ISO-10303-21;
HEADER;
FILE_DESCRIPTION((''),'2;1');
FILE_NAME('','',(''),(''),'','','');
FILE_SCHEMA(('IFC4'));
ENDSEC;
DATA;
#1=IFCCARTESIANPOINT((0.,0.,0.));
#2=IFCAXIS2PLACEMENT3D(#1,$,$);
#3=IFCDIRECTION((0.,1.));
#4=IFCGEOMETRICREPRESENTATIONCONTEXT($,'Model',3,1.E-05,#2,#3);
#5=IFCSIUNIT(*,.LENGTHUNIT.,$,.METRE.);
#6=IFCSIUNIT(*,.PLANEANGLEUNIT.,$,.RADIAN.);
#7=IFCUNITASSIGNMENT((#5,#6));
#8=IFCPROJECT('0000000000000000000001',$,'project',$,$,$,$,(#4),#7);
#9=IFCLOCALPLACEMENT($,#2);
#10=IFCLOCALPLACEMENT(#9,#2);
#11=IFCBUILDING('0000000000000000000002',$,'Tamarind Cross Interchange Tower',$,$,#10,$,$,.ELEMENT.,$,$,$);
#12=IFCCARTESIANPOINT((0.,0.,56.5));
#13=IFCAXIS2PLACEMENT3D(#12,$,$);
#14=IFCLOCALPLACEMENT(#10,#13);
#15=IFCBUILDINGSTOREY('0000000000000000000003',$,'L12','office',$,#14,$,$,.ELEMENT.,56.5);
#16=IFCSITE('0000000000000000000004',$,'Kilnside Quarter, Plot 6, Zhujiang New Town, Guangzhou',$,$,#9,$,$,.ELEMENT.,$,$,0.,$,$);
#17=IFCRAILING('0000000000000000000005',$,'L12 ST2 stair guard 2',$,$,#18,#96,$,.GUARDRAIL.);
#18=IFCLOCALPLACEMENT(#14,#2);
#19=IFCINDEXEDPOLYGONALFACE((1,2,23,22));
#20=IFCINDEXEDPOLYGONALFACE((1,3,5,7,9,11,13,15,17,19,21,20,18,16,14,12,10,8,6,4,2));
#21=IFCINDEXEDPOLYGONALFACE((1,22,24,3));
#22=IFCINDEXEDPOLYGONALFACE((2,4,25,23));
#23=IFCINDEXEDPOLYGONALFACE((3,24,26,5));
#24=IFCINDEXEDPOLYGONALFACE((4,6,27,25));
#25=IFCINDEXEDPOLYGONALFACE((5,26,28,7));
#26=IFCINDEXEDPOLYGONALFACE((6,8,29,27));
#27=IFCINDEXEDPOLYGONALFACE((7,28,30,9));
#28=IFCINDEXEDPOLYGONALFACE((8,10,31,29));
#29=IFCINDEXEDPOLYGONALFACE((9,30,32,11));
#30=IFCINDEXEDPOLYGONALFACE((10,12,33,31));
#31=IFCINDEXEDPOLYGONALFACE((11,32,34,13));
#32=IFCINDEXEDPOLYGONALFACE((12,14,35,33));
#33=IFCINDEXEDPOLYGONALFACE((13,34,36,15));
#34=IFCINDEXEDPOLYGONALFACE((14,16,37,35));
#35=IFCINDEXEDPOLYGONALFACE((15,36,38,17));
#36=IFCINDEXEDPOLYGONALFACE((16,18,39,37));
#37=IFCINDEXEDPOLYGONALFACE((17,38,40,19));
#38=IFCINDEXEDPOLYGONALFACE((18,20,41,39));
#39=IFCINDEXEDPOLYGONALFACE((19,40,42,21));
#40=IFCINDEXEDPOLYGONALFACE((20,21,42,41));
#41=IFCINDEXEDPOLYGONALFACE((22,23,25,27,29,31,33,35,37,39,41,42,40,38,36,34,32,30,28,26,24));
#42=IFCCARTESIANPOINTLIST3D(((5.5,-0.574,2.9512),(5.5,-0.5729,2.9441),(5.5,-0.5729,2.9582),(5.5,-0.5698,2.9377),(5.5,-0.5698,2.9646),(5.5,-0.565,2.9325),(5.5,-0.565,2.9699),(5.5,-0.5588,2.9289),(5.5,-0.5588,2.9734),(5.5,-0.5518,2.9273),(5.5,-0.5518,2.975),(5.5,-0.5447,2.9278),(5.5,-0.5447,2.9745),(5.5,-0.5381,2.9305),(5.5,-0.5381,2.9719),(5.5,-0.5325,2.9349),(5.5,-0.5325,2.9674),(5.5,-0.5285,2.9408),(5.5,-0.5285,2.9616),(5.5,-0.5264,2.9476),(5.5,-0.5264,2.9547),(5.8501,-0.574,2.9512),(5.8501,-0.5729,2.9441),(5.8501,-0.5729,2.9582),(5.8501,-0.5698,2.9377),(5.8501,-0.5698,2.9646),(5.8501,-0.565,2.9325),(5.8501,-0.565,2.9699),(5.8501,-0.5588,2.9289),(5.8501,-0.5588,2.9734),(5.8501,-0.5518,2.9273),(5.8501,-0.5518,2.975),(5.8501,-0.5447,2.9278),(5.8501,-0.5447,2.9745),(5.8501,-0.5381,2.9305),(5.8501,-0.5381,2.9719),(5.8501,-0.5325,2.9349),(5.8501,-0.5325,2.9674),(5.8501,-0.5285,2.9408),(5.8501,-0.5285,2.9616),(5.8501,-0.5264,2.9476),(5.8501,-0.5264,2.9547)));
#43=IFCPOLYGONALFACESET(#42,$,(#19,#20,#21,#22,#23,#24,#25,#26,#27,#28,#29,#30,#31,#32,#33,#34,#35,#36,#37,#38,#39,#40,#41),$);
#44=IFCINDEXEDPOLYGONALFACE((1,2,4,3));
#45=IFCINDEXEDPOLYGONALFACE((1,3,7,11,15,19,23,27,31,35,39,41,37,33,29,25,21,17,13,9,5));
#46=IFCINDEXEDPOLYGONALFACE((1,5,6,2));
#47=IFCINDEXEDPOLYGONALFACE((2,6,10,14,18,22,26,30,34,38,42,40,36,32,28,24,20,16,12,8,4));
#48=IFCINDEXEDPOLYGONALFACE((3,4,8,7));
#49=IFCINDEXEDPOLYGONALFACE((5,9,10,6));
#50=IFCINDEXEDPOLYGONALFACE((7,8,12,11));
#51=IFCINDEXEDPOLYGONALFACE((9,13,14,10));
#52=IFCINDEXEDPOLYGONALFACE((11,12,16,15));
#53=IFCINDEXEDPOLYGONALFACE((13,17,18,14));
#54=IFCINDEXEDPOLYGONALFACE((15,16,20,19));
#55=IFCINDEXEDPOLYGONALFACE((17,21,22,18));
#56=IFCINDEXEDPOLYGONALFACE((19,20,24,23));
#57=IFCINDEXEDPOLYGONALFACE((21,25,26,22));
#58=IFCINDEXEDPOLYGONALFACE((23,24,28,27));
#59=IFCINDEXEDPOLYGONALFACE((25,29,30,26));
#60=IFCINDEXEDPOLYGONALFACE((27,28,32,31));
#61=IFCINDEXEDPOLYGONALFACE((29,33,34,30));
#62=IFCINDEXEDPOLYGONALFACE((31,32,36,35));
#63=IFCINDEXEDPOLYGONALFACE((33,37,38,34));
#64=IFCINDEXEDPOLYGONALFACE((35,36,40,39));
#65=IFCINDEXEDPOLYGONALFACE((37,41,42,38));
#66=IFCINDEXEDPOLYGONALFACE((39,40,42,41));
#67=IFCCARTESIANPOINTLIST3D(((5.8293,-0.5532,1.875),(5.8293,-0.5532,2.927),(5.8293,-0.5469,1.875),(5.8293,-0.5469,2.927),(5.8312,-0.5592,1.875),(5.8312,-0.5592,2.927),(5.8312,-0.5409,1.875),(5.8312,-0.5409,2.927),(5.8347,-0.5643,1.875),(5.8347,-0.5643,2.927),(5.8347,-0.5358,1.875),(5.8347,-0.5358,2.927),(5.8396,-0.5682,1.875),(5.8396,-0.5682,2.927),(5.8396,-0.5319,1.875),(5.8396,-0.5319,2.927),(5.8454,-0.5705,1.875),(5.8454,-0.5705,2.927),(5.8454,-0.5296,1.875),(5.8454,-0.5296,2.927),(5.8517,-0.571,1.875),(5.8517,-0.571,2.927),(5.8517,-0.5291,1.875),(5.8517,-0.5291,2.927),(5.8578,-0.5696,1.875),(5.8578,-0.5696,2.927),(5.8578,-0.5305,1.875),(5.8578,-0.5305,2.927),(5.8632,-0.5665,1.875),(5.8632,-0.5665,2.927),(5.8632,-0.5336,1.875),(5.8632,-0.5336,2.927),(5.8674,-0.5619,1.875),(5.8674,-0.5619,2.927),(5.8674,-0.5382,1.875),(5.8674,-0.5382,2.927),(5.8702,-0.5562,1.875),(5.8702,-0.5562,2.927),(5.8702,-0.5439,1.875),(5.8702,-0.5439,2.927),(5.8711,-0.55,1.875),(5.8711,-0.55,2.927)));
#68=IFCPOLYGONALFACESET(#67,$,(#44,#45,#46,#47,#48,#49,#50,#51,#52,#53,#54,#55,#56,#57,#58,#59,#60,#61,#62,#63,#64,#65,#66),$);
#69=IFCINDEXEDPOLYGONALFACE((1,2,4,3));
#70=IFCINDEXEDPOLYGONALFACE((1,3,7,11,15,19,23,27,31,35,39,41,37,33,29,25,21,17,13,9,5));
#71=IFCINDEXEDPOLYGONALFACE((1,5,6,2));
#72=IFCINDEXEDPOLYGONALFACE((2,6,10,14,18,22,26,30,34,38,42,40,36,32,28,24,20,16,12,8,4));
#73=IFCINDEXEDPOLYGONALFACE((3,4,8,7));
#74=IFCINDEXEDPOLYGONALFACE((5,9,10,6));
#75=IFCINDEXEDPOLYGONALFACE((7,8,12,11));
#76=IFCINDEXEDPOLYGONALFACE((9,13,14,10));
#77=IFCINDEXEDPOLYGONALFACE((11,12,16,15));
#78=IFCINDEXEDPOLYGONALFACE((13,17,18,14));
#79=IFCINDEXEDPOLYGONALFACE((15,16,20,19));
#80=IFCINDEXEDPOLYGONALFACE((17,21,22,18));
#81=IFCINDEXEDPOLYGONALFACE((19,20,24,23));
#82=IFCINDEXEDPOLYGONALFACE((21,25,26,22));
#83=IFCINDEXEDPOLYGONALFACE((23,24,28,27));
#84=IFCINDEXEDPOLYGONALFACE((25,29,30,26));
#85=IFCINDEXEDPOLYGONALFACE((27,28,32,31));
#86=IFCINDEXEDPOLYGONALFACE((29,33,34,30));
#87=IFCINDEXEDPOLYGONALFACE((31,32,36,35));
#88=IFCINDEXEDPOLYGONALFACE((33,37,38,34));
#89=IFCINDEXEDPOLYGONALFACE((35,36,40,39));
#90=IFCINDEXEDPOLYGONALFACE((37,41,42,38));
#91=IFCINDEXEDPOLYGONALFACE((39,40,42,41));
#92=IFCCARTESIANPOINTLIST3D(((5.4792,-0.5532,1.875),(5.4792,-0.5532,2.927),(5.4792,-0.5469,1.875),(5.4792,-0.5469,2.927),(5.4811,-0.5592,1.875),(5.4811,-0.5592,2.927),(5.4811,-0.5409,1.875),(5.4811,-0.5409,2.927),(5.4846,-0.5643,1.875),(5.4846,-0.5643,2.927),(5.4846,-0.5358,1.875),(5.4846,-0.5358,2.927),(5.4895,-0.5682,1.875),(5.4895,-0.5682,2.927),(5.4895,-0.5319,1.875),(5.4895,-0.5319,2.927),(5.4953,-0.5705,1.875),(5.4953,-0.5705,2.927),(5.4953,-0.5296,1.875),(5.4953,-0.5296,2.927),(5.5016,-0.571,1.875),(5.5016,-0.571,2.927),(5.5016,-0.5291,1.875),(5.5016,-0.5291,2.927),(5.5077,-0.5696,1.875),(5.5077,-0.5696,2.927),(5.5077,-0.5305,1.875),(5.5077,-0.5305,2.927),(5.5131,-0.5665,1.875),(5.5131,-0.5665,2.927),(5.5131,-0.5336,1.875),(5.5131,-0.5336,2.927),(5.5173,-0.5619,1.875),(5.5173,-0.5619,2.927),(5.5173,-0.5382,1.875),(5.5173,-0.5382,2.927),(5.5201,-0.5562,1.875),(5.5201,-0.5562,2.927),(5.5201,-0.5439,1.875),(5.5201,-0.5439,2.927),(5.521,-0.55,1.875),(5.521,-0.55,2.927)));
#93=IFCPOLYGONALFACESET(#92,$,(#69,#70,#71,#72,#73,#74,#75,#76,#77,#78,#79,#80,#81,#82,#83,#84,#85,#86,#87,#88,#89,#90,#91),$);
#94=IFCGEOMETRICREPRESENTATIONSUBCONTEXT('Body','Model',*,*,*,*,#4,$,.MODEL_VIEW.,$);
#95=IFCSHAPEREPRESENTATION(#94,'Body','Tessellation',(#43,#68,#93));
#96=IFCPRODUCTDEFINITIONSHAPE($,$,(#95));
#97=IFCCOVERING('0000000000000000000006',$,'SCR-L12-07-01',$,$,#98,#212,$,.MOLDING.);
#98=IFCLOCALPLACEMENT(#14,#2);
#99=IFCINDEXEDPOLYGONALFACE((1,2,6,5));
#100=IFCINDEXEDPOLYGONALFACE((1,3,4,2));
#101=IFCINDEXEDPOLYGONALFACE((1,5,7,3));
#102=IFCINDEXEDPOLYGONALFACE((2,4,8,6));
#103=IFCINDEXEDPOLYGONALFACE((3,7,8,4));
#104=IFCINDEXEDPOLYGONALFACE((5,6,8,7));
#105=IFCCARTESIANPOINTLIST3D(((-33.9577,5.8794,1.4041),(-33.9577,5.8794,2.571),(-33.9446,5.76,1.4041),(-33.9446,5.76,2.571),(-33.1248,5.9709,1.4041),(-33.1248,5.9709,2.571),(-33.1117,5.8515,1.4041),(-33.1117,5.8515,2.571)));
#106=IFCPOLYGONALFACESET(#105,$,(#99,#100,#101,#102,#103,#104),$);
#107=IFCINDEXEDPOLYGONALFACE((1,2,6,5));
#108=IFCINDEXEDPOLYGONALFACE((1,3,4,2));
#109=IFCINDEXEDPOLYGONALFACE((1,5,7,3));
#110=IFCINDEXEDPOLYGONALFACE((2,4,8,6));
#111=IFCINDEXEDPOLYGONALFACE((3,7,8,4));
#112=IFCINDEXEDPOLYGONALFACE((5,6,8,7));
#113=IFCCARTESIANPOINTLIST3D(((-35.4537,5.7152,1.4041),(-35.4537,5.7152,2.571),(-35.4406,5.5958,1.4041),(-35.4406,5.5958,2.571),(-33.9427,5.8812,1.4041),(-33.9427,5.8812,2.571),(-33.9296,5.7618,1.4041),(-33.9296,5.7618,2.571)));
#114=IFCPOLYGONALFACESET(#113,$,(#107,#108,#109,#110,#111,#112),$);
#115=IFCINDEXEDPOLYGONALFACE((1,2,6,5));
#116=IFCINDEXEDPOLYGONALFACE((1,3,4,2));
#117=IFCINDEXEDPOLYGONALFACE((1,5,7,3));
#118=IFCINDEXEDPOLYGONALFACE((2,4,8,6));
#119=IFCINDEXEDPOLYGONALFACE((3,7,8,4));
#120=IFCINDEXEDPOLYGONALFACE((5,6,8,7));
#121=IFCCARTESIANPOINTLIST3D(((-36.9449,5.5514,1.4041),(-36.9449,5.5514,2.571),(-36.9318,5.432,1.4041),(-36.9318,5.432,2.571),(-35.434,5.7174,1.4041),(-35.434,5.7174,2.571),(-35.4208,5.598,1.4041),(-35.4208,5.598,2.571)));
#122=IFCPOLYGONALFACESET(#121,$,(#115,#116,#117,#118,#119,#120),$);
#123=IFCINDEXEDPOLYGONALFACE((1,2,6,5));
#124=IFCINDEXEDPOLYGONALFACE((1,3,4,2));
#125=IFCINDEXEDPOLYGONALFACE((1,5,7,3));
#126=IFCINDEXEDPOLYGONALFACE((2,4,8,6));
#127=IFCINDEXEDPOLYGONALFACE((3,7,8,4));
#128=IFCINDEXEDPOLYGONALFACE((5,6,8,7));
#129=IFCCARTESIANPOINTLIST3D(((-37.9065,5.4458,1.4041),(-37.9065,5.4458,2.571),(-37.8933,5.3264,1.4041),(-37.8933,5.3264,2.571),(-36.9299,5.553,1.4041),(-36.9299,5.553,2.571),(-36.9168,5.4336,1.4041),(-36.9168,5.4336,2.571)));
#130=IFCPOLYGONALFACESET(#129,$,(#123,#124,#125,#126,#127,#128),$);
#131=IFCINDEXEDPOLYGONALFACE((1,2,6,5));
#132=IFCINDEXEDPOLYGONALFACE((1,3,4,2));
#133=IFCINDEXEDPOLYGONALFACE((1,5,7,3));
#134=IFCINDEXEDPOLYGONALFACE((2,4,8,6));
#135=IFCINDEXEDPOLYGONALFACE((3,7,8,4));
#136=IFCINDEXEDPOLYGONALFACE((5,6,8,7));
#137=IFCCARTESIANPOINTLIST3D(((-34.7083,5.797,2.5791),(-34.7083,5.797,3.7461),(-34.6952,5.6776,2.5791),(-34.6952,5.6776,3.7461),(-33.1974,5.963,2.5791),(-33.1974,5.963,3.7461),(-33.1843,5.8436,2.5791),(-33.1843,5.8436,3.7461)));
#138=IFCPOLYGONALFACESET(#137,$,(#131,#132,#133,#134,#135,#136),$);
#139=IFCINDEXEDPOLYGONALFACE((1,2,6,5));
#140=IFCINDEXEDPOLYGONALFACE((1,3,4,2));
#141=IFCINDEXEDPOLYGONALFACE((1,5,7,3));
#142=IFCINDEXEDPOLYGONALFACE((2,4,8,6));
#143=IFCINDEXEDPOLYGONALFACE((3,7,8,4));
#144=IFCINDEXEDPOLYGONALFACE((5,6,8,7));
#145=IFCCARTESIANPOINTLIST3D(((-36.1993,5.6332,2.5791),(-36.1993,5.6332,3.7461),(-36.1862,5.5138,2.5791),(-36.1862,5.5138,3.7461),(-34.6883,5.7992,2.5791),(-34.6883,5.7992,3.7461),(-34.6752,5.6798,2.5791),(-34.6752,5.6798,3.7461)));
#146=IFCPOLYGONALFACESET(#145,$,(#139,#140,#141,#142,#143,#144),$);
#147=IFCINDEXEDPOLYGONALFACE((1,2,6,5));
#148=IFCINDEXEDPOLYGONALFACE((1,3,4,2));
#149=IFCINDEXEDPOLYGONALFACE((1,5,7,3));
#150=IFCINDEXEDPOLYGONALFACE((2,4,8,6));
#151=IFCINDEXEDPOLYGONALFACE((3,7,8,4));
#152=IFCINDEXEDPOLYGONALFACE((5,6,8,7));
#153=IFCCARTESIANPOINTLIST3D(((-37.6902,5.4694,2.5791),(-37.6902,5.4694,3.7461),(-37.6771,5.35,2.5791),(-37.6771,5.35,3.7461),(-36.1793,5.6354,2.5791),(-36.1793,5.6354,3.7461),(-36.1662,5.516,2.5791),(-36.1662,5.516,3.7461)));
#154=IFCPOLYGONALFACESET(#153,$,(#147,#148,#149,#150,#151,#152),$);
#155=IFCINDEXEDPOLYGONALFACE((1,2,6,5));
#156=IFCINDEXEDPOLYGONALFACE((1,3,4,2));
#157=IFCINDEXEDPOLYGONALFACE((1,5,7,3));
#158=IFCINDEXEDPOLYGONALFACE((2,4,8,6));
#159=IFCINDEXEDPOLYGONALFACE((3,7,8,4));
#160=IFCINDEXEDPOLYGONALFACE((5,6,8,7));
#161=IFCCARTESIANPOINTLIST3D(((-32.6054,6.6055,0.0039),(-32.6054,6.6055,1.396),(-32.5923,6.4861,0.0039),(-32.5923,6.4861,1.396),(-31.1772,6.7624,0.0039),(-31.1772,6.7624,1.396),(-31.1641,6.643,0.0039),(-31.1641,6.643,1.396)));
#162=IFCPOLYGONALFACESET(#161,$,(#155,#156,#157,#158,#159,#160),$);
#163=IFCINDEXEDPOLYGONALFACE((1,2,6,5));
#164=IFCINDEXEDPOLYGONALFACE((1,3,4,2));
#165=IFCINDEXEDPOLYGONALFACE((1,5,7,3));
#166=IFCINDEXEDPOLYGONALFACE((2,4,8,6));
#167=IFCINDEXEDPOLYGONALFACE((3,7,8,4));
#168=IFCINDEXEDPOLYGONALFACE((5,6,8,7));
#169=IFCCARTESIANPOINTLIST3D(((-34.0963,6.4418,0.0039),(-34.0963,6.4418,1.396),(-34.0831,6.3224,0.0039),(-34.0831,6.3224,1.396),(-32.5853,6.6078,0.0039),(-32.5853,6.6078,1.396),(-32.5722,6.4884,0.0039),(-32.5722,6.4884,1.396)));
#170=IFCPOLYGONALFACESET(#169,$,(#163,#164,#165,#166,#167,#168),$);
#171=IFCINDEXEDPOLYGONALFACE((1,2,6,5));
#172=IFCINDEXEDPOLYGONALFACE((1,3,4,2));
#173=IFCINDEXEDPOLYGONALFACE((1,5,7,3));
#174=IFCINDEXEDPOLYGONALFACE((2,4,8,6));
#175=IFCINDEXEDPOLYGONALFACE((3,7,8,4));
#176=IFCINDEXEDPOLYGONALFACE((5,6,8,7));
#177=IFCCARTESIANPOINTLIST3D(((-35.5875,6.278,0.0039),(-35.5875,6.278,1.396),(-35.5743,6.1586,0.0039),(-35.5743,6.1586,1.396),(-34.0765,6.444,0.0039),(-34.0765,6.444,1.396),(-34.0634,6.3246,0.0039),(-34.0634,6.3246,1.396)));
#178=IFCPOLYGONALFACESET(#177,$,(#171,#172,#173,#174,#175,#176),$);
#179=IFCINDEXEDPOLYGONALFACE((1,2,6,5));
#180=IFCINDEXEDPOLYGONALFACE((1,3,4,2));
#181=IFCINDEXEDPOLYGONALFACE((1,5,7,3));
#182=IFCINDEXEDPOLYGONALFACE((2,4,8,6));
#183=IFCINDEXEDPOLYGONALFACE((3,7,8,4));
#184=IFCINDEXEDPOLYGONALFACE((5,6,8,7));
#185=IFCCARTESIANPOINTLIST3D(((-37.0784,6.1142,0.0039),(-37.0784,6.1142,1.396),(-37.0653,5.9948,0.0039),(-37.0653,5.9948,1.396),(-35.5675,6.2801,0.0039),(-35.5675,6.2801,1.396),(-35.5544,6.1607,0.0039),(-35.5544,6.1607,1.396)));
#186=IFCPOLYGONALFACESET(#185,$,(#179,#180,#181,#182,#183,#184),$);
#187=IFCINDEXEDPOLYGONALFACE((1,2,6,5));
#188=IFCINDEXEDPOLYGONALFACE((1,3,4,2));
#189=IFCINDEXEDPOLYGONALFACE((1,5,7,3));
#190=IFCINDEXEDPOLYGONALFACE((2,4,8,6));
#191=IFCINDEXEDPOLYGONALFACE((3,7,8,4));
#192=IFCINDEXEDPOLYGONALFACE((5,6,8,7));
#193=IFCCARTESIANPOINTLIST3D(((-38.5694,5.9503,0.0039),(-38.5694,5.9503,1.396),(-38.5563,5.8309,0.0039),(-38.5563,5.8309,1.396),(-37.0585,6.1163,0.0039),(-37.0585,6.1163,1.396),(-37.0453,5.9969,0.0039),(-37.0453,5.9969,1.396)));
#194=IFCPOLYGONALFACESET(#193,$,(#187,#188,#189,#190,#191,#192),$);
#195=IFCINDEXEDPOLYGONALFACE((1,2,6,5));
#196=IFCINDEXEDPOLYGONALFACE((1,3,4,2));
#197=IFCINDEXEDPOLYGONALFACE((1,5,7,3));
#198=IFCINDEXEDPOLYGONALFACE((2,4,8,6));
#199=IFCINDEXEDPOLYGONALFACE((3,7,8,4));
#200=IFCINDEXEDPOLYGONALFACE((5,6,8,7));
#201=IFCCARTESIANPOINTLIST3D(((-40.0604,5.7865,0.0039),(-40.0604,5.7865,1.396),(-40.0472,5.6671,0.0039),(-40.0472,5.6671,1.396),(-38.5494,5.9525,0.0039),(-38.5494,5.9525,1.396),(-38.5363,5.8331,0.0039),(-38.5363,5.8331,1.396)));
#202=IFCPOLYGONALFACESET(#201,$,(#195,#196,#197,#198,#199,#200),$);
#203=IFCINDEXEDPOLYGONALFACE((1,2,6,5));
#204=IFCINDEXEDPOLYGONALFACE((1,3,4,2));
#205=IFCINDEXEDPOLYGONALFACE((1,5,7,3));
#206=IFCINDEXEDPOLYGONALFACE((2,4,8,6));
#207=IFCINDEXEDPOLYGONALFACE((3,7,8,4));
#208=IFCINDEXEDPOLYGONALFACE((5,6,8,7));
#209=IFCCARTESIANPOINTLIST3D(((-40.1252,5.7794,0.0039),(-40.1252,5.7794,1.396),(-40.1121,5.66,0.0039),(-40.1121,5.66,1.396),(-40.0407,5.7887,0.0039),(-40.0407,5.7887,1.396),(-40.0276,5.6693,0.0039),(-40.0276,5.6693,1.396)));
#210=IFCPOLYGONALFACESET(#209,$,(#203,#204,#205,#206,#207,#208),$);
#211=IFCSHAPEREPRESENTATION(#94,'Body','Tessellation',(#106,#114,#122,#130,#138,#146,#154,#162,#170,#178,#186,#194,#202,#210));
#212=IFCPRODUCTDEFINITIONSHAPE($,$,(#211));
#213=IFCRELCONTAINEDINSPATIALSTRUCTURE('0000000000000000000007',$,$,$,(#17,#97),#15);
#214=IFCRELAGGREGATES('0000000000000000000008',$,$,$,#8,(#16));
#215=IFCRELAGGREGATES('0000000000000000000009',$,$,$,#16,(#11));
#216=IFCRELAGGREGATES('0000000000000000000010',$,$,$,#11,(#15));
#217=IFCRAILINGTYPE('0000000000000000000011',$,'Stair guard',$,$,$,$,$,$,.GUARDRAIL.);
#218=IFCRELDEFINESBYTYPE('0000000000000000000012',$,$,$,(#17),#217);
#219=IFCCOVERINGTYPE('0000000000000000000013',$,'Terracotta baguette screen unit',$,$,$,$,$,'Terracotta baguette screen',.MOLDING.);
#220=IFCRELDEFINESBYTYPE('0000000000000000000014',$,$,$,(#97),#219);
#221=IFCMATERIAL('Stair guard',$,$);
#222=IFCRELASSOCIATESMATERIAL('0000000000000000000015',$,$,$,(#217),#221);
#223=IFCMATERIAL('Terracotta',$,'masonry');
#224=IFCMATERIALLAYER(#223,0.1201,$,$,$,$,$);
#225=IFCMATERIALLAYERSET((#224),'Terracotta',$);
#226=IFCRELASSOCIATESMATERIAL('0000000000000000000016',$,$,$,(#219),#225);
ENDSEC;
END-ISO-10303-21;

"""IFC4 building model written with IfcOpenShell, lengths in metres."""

from ifc_helpers import new_model, si_unit, direction, frame, origin, origin_2d, place, context, subcontext, project, spatial, rectangle, circle, extrude, material, layer, layer_set, type_object, element, save


model = new_model("IFC4")

# Units and contexts
model_context = context("Model", 3, precision=1e-05, world=origin(), true_north=direction((0.0, 1.0)))
body_context = subcontext(model_context, "Body", "Model", "MODEL_VIEW")
ifc_project = project(units=[si_unit("LENGTHUNIT", "METRE"), si_unit("PLANEANGLEUNIT", "RADIAN")], contexts=[model_context])

# Site, building, storey
site_placement = place(None, origin())
site = spatial("IfcSite", under=ifc_project, at=site_placement, Name="Kilnside Quarter, Plot 6, Zhujiang New Town, Guangzhou", CompositionType="ELEMENT", RefElevation=0.0)
building_placement = place(site_placement, origin())
building = spatial("IfcBuilding", under=site, at=building_placement, Name="Tamarind Cross Interchange Tower", CompositionType="ELEMENT")
storey_placement = place(building_placement, frame((0.0, 0.0, 56.5)))
storey = spatial("IfcBuildingStorey", under=building, at=storey_placement, Name="L12", Description="office", CompositionType="ELEMENT", Elevation=56.5)

# Railing
ifc_material_1 = material(Name="Stair guard")
railing_type = type_object("IfcRailingType", Name="Stair guard", PredefinedType="GUARDRAIL", material=ifc_material_1)
railing_placement = place(storey_placement, frame((5.8501, -0.55, 1.875)))
element("IfcRailing", 1, at=railing_placement, inside=storey, type_object=railing_type, Name="L12 ST2 stair guard 2", PredefinedType="GUARDRAIL", context=body_context, shape_type="SweptSolid", body=[
    extrude(circle(Radius=0.0239, at=origin_2d()), frame((0.0, 0.0, 1.0762), z_axis=(-1.0, 0.0, 0.0), x_axis=(0.0, -1.0, 0.0)), (0.0, 0.0, 1.0), 0.3501),
    extrude(circle(Radius=0.021, at=origin_2d()), origin(), (0.0, 0.0, 1.0), 1.052),
    extrude(circle(Radius=0.021, at=origin_2d()), frame((-0.3501, 0.0, 0.0)), (0.0, 0.0, 1.0), 1.052),
])

# Covering
ifc_material_2 = material(Name="Terracotta", Category="masonry")
ifc_layer_1 = layer(ifc_material_2, 0.1201)
ifc_layer_set_1 = layer_set([ifc_layer_1], Name="Terracotta")
covering_type = type_object("IfcCoveringType", Name="Terracotta baguette screen unit", ElementType="Terracotta baguette screen", PredefinedType="MOLDING", material=ifc_layer_set_1)
covering_1_placement = place(storey_placement, origin())
element("IfcCovering", 2, at=covering_1_placement, inside=storey, type_object=covering_type, Name="SCR-L12-07-01", PredefinedType="MOLDING", context=body_context, shape_type="SweptSolid", body=[
    extrude(rectangle(XDim=0.8379, YDim=0.1201, at=origin_2d()), frame((-33.5347, 5.8655, 1.4041), z_axis=(0.0, 0.0, 1.0), x_axis=(-0.994021, -0.109193, 0.0)), (0.0, 0.0, 1.0), 1.167),
    extrude(rectangle(XDim=1.52, YDim=0.1201, at=origin_2d()), frame((-34.6917, 5.7385, 1.4041), z_axis=(0.0, 0.0, 1.0), x_axis=(-0.994021, -0.109193, 0.0)), (0.0, 0.0, 1.0), 1.167),
    extrude(rectangle(XDim=1.52, YDim=0.1201, at=origin_2d()), frame((-36.1829, 5.5747, 1.4041), z_axis=(0.0, 0.0, 1.0), x_axis=(-0.994021, -0.109193, 0.0)), (0.0, 0.0, 1.0), 1.167),
    extrude(rectangle(XDim=0.9824, YDim=0.1201, at=origin_2d()), frame((-37.4116, 5.4397, 1.4041), z_axis=(0.0, 0.0, 1.0), x_axis=(-0.994021, -0.109193, 0.0)), (0.0, 0.0, 1.0), 1.167),
    extrude(rectangle(XDim=1.52, YDim=0.1201, at=origin_2d()), frame((-33.9463, 5.8203, 2.5791), z_axis=(0.0, 0.0, 1.0), x_axis=(-0.994021, -0.109193, 0.0)), (0.0, 0.0, 1.0), 1.167),
    extrude(rectangle(XDim=1.52, YDim=0.1201, at=origin_2d()), frame((-35.4373, 5.6565, 2.5791), z_axis=(0.0, 0.0, 1.0), x_axis=(-0.994021, -0.109193, 0.0)), (0.0, 0.0, 1.0), 1.167),
    extrude(rectangle(XDim=1.52, YDim=0.1201, at=origin_2d()), frame((-36.9282, 5.4927, 2.5791), z_axis=(0.0, 0.0, 1.0), x_axis=(-0.994021, -0.109193, 0.0)), (0.0, 0.0, 1.0), 1.167),
    extrude(rectangle(XDim=1.4368, YDim=0.1201, at=origin_2d()), frame((-31.8848, 6.6243, 0.0039), z_axis=(0.0, 0.0, 1.0), x_axis=(-0.994021, -0.109193, 0.0)), (0.0, 0.0, 1.0), 1.3921),
    extrude(rectangle(XDim=1.52, YDim=0.1201, at=origin_2d()), frame((-33.3342, 6.4651, 0.0039), z_axis=(0.0, 0.0, 1.0), x_axis=(-0.994021, -0.109193, 0.0)), (0.0, 0.0, 1.0), 1.3921),
    extrude(rectangle(XDim=1.52, YDim=0.1201, at=origin_2d()), frame((-34.8254, 6.3013, 0.0039), z_axis=(0.0, 0.0, 1.0), x_axis=(-0.994021, -0.109193, 0.0)), (0.0, 0.0, 1.0), 1.3921),
    extrude(rectangle(XDim=1.52, YDim=0.1201, at=origin_2d()), frame((-36.3164, 6.1375, 0.0039), z_axis=(0.0, 0.0, 1.0), x_axis=(-0.994021, -0.109193, 0.0)), (0.0, 0.0, 1.0), 1.3921),
    extrude(rectangle(XDim=1.52, YDim=0.1201, at=origin_2d()), frame((-37.8074, 5.9736, 0.0039), z_axis=(0.0, 0.0, 1.0), x_axis=(-0.994021, -0.109193, 0.0)), (0.0, 0.0, 1.0), 1.3921),
    extrude(rectangle(XDim=1.52, YDim=0.1201, at=origin_2d()), frame((-39.2983, 5.8098, 0.0039), z_axis=(0.0, 0.0, 1.0), x_axis=(-0.994021, -0.109193, 0.0)), (0.0, 0.0, 1.0), 1.3921),
    extrude(rectangle(XDim=0.085, YDim=0.1201, at=origin_2d()), frame((-40.0764, 5.7244, 0.0039), z_axis=(0.0, 0.0, 1.0), x_axis=(-0.994021, -0.109193, 0.0)), (0.0, 0.0, 1.0), 1.3921),
])

save(model, "model.ifc")
